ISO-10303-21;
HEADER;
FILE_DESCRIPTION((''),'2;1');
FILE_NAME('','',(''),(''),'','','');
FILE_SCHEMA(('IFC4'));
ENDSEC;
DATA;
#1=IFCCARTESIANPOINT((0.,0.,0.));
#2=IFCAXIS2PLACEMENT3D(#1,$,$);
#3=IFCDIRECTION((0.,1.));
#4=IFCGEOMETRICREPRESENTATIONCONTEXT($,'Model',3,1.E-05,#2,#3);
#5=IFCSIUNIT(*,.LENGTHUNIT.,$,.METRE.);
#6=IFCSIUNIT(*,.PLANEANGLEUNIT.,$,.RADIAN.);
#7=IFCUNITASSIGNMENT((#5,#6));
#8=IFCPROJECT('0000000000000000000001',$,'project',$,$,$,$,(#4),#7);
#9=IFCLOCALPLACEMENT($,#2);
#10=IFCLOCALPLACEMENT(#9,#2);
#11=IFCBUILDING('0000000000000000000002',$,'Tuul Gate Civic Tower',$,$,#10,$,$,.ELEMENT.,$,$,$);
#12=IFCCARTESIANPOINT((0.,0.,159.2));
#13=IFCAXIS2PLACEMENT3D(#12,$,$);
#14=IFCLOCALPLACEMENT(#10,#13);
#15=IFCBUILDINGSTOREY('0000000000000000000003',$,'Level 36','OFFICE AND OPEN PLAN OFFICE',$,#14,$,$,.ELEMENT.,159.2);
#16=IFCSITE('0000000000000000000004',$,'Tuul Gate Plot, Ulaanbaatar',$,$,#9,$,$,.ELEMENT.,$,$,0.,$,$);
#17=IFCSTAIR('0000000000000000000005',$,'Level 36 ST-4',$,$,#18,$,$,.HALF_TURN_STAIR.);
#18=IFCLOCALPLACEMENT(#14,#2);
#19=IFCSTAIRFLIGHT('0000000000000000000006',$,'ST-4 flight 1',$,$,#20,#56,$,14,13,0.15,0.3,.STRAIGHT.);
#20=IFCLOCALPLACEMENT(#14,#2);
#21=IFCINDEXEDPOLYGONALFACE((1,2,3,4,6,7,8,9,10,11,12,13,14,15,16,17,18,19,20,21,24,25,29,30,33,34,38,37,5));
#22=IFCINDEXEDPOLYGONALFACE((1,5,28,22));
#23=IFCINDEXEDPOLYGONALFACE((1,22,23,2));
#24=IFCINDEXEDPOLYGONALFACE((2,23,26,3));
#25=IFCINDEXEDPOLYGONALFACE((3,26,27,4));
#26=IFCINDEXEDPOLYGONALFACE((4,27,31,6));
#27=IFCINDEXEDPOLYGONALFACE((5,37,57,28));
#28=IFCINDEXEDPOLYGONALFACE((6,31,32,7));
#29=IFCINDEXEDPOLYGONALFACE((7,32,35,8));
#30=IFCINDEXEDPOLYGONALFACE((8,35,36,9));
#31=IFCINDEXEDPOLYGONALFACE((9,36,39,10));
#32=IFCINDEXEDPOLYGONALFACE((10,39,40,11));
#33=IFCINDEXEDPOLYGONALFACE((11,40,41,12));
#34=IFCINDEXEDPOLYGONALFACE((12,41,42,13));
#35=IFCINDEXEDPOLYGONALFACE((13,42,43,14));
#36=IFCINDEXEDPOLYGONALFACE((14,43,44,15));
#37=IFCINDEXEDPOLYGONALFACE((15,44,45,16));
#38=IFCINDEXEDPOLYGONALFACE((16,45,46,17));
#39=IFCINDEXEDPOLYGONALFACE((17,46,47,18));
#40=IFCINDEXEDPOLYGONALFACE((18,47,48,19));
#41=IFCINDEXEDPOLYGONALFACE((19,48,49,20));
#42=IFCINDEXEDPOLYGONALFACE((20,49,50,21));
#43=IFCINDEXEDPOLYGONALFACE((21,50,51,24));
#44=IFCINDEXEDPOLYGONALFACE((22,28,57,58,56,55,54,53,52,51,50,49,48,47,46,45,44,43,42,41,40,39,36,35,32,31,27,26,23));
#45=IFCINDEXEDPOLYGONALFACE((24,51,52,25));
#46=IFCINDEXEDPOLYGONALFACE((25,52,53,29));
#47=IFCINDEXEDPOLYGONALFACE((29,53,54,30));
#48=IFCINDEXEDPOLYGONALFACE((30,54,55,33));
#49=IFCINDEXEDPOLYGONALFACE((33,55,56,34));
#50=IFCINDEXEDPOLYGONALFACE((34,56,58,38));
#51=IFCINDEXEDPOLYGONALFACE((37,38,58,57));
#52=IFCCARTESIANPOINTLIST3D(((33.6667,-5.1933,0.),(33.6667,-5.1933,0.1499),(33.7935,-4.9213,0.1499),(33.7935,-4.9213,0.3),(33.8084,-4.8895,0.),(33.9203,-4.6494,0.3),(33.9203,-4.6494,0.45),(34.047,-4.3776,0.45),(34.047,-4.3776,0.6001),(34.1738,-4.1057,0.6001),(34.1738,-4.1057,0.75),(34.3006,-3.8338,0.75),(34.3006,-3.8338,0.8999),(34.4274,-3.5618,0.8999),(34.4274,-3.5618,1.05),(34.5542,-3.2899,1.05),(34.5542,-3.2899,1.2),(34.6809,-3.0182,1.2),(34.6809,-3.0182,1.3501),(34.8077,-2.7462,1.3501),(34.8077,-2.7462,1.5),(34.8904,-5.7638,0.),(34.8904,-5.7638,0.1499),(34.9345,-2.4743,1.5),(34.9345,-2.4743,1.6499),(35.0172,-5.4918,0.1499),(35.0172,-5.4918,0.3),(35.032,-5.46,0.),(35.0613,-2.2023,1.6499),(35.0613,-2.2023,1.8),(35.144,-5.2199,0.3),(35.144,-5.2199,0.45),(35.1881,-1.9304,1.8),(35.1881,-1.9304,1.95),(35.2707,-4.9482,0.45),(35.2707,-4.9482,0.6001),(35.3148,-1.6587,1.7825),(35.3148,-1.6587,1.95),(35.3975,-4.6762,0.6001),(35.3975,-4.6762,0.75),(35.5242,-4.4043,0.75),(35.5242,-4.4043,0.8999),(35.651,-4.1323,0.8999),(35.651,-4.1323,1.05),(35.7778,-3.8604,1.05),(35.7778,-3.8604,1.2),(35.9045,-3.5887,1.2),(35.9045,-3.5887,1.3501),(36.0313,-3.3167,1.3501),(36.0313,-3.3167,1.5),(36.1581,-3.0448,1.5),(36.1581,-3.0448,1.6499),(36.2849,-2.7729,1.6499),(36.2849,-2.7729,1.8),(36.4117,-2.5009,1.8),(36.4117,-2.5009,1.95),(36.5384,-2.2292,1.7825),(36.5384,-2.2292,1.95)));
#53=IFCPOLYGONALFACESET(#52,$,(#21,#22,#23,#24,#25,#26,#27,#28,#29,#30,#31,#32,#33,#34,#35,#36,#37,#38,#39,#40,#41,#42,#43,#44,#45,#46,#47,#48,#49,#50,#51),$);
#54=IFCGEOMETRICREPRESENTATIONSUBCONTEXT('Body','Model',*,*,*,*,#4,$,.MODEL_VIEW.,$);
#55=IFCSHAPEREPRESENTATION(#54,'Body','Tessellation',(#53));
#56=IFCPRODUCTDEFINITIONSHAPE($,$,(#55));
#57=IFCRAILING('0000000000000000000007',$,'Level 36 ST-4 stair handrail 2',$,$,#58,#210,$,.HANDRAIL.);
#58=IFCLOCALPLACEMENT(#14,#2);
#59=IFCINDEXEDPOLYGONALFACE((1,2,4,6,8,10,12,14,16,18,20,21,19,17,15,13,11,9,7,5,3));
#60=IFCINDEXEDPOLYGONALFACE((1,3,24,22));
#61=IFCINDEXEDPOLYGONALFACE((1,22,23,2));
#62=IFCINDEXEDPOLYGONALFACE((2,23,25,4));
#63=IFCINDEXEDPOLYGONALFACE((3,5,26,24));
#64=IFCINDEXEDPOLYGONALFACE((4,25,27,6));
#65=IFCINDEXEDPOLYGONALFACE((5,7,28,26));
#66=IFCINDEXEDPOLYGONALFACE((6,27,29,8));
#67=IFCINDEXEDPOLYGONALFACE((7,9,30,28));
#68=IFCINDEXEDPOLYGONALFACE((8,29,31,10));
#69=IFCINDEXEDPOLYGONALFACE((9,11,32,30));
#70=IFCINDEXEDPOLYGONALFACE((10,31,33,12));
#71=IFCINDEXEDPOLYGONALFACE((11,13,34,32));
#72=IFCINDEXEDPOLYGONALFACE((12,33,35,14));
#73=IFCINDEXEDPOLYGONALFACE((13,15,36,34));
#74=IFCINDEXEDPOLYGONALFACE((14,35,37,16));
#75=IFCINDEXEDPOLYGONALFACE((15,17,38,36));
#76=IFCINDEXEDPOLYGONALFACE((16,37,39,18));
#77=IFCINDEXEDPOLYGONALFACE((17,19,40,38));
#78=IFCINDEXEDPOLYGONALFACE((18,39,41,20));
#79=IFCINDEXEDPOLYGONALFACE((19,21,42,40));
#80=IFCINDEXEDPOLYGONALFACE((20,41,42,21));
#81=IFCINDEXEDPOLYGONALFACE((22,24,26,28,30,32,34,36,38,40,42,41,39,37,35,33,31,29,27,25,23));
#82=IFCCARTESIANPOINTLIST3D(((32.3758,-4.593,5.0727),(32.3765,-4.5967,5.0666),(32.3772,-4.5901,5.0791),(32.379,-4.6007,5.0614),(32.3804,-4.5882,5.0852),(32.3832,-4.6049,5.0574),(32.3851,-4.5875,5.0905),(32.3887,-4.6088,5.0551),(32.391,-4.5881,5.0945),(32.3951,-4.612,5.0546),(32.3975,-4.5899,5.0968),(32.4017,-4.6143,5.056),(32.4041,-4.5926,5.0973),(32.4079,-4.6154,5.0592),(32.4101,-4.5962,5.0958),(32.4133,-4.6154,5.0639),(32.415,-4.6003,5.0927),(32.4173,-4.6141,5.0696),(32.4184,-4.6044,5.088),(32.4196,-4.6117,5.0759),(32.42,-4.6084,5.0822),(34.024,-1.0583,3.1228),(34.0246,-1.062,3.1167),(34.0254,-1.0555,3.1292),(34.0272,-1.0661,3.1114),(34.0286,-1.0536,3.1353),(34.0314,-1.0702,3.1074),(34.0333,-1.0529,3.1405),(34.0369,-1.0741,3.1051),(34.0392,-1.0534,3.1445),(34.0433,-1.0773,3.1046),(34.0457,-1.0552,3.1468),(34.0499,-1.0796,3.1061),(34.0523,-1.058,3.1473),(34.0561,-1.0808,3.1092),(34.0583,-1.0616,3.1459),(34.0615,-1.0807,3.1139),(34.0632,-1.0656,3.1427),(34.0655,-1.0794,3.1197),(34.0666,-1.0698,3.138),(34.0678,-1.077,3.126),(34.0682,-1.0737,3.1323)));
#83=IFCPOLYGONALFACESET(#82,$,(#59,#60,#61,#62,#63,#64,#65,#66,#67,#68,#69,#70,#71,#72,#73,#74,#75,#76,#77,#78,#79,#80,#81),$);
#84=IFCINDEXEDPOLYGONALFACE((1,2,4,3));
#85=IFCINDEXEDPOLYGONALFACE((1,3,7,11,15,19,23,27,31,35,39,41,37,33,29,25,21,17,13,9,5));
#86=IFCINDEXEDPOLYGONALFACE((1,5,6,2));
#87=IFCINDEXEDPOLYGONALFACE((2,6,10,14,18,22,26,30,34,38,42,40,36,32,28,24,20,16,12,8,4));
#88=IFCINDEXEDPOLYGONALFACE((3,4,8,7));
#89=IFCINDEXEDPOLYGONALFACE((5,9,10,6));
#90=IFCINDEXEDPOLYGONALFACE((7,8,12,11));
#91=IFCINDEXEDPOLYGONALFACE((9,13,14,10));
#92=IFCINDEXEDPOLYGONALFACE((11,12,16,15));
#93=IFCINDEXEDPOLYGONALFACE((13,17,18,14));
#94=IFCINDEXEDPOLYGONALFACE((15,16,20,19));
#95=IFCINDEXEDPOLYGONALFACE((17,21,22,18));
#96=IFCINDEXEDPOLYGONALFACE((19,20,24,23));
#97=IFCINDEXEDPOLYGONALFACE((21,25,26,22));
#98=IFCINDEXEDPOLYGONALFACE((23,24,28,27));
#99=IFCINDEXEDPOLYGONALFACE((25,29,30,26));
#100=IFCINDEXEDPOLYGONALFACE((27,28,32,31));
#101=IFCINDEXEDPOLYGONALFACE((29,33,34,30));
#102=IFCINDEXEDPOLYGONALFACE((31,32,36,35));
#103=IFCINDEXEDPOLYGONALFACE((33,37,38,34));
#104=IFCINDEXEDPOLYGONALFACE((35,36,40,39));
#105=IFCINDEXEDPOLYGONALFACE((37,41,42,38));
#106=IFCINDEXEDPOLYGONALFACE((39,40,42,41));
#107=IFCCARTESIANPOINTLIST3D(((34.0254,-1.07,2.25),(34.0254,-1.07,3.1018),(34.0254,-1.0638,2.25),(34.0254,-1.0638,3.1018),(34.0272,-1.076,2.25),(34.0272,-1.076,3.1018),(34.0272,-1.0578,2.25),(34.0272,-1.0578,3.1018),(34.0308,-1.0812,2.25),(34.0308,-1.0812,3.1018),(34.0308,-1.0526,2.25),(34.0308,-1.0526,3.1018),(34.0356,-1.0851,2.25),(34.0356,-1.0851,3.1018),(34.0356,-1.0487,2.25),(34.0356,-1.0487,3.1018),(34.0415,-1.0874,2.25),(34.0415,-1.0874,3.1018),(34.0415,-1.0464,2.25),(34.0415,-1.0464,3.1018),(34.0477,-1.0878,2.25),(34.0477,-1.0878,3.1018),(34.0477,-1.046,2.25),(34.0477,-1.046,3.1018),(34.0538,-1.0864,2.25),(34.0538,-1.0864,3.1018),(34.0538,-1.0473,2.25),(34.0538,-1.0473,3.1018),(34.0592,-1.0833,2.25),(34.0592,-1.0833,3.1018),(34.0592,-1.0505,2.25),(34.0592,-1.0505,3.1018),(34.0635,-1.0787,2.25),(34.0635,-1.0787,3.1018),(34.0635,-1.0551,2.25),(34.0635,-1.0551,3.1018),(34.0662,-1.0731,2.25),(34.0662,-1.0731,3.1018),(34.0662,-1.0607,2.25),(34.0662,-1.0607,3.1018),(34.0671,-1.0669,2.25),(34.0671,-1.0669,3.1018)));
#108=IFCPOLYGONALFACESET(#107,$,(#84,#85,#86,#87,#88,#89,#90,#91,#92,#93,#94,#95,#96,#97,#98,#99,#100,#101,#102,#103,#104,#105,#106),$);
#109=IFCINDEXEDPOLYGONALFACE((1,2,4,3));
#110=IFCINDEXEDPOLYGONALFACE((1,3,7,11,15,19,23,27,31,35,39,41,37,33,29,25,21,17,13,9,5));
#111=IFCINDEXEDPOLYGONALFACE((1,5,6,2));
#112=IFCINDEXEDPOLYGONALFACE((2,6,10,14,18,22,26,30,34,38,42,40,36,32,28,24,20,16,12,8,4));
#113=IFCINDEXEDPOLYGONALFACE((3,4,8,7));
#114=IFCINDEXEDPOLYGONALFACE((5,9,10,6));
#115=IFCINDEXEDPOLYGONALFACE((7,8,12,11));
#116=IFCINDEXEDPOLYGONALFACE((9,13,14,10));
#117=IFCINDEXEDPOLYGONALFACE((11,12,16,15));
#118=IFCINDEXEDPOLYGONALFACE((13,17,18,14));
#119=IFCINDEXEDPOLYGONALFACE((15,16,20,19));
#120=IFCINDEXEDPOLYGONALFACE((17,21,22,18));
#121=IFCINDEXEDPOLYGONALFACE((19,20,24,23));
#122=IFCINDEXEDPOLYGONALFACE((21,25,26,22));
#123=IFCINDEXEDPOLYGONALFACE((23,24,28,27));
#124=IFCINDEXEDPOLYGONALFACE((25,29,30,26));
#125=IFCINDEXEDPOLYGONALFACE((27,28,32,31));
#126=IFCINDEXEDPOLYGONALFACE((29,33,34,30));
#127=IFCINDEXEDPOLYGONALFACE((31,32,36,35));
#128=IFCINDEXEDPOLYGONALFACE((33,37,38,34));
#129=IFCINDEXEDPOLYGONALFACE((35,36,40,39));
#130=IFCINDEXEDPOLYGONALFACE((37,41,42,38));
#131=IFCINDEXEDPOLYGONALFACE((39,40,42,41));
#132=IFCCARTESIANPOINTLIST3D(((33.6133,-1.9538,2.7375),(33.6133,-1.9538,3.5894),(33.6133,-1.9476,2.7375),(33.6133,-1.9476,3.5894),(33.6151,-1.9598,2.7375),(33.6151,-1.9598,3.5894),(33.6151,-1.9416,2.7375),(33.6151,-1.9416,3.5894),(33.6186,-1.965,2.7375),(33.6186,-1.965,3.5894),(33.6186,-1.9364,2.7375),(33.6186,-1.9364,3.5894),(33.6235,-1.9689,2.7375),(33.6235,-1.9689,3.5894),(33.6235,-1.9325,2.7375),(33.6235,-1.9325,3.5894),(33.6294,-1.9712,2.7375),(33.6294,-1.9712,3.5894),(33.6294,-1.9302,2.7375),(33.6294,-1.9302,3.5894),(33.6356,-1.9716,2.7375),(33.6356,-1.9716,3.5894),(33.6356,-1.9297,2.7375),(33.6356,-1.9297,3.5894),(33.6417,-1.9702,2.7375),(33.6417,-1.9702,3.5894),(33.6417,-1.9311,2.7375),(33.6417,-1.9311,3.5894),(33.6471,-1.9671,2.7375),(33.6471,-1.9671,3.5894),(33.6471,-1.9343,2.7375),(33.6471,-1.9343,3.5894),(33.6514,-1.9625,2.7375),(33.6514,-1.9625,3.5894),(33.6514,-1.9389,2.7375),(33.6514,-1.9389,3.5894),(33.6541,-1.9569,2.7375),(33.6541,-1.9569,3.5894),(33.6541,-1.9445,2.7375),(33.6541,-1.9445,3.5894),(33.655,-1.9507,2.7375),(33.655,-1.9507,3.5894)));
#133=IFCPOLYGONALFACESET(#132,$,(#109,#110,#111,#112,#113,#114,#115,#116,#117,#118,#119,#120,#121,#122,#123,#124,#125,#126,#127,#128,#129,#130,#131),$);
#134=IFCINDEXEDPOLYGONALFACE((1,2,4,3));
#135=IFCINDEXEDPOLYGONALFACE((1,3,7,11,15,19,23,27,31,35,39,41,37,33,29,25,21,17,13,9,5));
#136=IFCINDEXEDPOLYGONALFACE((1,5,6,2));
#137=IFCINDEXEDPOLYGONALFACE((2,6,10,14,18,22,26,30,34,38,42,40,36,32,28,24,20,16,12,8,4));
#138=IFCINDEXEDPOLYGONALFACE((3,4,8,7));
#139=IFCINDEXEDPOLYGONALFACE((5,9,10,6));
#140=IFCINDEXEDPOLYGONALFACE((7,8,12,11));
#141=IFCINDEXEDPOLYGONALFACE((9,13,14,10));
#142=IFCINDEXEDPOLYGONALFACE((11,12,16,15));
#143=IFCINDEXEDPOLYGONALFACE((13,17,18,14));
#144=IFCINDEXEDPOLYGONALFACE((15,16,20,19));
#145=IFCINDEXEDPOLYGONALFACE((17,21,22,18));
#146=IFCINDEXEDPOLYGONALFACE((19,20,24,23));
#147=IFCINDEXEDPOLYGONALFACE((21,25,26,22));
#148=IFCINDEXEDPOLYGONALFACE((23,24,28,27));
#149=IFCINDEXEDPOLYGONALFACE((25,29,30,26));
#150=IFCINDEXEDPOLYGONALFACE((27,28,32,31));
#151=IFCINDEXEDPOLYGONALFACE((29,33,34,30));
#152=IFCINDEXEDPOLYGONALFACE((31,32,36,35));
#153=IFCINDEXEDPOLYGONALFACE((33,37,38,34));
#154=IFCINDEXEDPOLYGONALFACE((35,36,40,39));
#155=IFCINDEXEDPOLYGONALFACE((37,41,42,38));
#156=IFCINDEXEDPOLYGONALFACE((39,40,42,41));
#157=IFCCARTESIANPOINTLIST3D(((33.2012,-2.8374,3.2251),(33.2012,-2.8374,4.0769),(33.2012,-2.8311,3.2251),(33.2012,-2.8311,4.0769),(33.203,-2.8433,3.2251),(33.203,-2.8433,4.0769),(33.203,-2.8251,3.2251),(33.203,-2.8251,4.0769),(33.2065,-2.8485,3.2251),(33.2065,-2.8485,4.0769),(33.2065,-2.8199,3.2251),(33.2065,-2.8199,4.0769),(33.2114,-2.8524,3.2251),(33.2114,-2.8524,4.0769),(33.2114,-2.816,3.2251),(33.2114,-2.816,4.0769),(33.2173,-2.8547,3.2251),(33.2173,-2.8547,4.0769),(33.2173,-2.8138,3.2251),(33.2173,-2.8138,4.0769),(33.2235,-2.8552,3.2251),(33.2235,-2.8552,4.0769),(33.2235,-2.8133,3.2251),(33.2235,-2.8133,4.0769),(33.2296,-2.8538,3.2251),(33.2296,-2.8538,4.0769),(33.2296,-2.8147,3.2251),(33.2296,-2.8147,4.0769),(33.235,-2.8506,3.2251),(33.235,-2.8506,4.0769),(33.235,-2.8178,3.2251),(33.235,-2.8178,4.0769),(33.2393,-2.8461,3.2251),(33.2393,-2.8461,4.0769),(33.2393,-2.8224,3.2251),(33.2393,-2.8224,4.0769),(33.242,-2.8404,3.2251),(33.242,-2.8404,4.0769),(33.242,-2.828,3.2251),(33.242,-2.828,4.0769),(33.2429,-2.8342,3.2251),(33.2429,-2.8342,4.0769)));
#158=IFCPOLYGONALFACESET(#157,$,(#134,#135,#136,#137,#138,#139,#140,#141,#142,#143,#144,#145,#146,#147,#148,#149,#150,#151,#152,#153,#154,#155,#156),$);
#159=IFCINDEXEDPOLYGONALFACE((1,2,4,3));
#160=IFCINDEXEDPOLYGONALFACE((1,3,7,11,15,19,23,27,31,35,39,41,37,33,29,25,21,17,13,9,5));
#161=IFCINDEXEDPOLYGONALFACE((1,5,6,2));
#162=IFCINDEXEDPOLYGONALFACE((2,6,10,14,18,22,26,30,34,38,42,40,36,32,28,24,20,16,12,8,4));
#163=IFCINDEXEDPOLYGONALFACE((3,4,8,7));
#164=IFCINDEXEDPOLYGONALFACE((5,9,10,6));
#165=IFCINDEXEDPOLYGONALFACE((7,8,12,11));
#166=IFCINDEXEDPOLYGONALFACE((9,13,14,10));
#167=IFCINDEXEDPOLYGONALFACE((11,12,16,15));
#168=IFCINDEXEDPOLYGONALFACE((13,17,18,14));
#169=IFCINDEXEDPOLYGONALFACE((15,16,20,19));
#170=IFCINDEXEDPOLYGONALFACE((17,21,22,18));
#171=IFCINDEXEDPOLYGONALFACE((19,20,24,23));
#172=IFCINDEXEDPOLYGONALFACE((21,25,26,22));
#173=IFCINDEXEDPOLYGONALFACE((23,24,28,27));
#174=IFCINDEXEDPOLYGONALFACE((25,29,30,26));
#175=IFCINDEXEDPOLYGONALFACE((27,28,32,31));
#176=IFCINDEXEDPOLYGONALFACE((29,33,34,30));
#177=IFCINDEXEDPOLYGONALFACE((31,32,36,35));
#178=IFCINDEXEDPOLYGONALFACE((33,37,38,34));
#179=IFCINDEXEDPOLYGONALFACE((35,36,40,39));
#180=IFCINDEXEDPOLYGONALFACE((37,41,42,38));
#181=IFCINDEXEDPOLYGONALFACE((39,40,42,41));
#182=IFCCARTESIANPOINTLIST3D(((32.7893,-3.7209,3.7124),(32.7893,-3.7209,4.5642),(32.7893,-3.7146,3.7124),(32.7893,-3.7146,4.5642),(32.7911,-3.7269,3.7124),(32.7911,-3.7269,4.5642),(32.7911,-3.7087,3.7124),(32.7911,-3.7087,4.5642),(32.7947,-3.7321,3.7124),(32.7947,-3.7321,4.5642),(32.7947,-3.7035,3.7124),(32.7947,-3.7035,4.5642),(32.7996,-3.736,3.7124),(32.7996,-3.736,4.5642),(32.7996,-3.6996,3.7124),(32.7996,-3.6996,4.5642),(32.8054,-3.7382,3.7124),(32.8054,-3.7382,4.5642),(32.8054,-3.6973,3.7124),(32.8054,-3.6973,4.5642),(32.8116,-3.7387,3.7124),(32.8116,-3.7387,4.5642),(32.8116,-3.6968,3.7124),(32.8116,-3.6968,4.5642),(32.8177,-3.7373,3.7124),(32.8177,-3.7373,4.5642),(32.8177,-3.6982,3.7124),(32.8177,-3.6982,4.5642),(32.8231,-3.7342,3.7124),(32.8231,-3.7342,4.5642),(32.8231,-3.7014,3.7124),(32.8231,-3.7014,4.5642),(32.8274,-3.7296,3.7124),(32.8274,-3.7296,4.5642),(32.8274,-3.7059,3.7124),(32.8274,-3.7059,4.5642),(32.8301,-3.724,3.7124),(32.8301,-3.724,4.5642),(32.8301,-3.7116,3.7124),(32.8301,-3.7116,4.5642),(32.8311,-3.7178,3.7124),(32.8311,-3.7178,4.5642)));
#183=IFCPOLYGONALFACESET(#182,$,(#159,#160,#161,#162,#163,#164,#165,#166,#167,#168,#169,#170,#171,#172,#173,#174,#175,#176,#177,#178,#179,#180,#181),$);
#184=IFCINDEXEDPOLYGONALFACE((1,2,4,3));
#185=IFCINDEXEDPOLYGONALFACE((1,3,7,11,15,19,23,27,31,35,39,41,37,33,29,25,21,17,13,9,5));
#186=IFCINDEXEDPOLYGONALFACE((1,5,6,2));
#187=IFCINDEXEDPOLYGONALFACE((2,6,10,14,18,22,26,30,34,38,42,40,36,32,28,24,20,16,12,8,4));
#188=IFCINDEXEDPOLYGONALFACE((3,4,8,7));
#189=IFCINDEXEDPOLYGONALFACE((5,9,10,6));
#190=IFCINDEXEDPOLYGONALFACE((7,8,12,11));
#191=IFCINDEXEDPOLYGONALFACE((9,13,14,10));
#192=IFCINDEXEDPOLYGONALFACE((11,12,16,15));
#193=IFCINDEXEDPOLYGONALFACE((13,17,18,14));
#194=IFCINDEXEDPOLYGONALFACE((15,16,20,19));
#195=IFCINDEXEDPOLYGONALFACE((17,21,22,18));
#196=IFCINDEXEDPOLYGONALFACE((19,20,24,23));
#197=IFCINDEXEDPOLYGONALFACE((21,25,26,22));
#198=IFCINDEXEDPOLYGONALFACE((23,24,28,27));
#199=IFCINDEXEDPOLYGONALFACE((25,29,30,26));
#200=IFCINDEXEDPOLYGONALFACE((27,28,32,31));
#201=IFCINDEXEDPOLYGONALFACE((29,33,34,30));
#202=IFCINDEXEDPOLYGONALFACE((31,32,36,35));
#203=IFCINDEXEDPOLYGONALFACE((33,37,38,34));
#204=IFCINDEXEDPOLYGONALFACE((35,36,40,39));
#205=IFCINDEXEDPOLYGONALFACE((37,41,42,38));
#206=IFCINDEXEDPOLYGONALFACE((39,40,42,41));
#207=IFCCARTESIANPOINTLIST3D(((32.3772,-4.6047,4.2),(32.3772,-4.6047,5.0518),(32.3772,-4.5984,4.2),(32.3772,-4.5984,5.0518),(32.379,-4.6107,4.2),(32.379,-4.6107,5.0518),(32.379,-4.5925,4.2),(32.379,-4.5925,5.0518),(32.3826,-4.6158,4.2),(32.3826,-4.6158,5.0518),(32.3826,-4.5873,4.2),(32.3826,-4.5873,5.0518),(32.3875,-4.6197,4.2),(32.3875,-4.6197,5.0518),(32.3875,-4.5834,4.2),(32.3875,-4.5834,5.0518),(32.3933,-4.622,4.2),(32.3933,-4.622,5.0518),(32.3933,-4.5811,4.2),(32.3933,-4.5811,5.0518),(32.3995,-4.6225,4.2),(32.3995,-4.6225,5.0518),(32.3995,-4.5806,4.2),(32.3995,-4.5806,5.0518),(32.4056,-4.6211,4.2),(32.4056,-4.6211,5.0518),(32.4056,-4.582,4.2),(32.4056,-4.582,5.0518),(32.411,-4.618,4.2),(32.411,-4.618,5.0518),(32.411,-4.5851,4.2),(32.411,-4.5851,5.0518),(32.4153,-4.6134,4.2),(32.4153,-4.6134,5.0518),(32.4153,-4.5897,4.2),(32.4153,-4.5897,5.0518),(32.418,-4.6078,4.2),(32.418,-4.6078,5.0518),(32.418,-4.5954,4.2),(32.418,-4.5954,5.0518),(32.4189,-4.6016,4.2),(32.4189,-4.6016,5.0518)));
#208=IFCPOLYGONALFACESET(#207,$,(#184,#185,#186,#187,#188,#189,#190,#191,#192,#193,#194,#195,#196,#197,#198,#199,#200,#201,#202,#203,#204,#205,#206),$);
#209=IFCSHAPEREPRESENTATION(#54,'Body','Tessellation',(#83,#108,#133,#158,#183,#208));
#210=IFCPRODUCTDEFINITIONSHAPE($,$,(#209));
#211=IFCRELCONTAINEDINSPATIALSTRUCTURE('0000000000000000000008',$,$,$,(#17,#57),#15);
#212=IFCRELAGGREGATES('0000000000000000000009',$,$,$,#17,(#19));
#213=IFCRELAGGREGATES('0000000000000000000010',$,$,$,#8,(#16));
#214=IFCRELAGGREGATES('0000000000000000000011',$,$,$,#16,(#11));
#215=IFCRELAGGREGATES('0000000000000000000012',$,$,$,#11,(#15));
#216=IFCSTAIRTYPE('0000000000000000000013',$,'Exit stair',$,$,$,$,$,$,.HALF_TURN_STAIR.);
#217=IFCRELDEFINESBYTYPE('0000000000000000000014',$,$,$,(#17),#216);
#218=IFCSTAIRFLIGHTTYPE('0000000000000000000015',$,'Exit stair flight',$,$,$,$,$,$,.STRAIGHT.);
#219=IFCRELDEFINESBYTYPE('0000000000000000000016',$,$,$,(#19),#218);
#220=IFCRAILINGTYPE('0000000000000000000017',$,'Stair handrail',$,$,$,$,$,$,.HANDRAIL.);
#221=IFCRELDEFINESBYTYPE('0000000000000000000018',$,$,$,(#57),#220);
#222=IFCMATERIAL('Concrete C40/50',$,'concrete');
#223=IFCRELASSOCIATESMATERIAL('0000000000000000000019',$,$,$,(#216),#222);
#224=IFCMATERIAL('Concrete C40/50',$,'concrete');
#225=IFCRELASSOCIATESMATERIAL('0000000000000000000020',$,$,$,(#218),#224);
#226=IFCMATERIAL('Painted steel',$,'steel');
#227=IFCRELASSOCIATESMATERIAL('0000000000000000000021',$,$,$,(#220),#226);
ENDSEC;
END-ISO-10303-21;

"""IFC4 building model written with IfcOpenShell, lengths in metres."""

from ifc_helpers import new_model, si_unit, direction, frame, origin, origin_2d, place, context, subcontext, project, spatial, polyline, circle, outline, extrude, material, type_object, element, aggregate, save


model = new_model("IFC4")

# Units and contexts
model_context = context("Model", 3, precision=1e-05, world=origin(), true_north=direction((0.0, 1.0)))
body_context = subcontext(model_context, "Body", "Model", "MODEL_VIEW")
ifc_project = project(units=[si_unit("LENGTHUNIT", "METRE"), si_unit("PLANEANGLEUNIT", "RADIAN")], contexts=[model_context])

# Site, building, storey
site_placement = place(None, origin())
site = spatial("IfcSite", under=ifc_project, at=site_placement, Name="Tuul Gate Plot, Ulaanbaatar", CompositionType="ELEMENT", RefElevation=0.0)
building_placement = place(site_placement, origin())
building = spatial("IfcBuilding", under=site, at=building_placement, Name="Tuul Gate Civic Tower", CompositionType="ELEMENT")
storey_placement = place(building_placement, frame((0.0, 0.0, 159.2)))
storey = spatial("IfcBuildingStorey", under=building, at=storey_placement, Name="Level 36", Description="OFFICE AND OPEN PLAN OFFICE", CompositionType="ELEMENT", Elevation=159.2)

# Stair, stair flight
ifc_material_1 = material(Name="Concrete C40/50", Category="concrete")
stair_type = type_object("IfcStairType", Name="Exit stair", PredefinedType="HALF_TURN_STAIR", material=ifc_material_1)
stair_placement = place(storey_placement, origin())
stair = element("IfcStair", 1, at=stair_placement, inside=storey, type_object=stair_type, Name="Level 36 ST-4", PredefinedType="HALF_TURN_STAIR")
ifc_material_2 = material(Name="Concrete C40/50", Category="concrete")
stair_flight_type = type_object("IfcStairFlightType", Name="Exit stair flight", PredefinedType="STRAIGHT", material=ifc_material_2)
stair_flight_placement = place(storey_placement, frame((34.2786, -5.4785, 0.0), z_axis=(0.0, 0.0, 1.0), x_axis=(0.422576, 0.906327, 0.0)))
stair_flight = element("IfcStairFlight", 2, at=stair_flight_placement, type_object=stair_flight_type, Name="ST-4 flight 1", NumberOfRisers=14, NumberOfTreads=13, PredefinedType="STRAIGHT", RiserHeight=0.15, TreadLength=0.3, context=body_context, shape_type="SweptSolid", body=[
    extrude(outline(polyline([(0.0, 0.0), (0.0, 0.1499), (0.3, 0.1499), (0.3, 0.3), (0.6001, 0.3), (0.6001, 0.45), (0.8999, 0.45), (0.8999, 0.6001), (1.2, 0.6001), (1.2, 0.75), (1.5, 0.75), (1.5, 0.8999), (1.8, 0.8999), (1.8, 1.05), (2.1001, 1.05), (2.1001, 1.2), (2.3999, 1.2), (2.3999, 1.3501), (2.7, 1.3501), (2.7, 1.5), (3.0, 1.5), (3.0, 1.6499), (3.3, 1.6499), (3.3, 1.8), (3.6001, 1.8), (3.6001, 1.95), (3.8999, 1.95), (3.8999, 2.1001), (3.8999, 1.7825), (0.3352, 0.0), (0.0, 0.0)])), frame((0.0, 0.675, 0.0), z_axis=(0.0, -1.0, 0.0), x_axis=(1.0, 0.0, 0.0)), (0.0, 0.0, 1.0), 1.3501),
])
aggregate(stair, [stair_flight])

# Railing
ifc_material_3 = material(Name="Painted steel", Category="steel")
railing_type_1 = type_object("IfcRailingType", Name="Stair handrail", PredefinedType="HANDRAIL", material=ifc_material_3)
railing_1_placement = place(storey_placement, frame((34.0461, -1.0669, 2.25)))
element("IfcRailing", 3, at=railing_1_placement, inside=storey, type_object=railing_type_1, Name="Level 36 ST-4 stair handrail 2", PredefinedType="HANDRAIL", context=body_context, shape_type="SweptSolid", body=[
    extrude(circle(Radius=0.0239, at=origin_2d()), frame((0.0, 0.0, 0.876), z_axis=(-0.377995, -0.810637, 0.4472), x_axis=(0.906313, -0.422608, 0.0)), (0.0, 0.0, 1.0), 4.3604),
    extrude(circle(Radius=0.021, at=origin_2d()), origin(), (0.0, 0.0, 1.0), 0.8518),
    extrude(circle(Radius=0.021, at=origin_2d()), frame((-0.4121, -0.8838, 0.4875)), (0.0, 0.0, 1.0), 0.8518),
    extrude(circle(Radius=0.021, at=origin_2d()), frame((-0.8242, -1.7673, 0.9751)), (0.0, 0.0, 1.0), 0.8518),
    extrude(circle(Radius=0.021, at=origin_2d()), frame((-1.2361, -2.6509, 1.4624)), (0.0, 0.0, 1.0), 0.8518),
    extrude(circle(Radius=0.021, at=origin_2d()), frame((-1.6482, -3.5347, 1.95)), (0.0, 0.0, 1.0), 0.8518),
])

save(model, "model.ifc")
